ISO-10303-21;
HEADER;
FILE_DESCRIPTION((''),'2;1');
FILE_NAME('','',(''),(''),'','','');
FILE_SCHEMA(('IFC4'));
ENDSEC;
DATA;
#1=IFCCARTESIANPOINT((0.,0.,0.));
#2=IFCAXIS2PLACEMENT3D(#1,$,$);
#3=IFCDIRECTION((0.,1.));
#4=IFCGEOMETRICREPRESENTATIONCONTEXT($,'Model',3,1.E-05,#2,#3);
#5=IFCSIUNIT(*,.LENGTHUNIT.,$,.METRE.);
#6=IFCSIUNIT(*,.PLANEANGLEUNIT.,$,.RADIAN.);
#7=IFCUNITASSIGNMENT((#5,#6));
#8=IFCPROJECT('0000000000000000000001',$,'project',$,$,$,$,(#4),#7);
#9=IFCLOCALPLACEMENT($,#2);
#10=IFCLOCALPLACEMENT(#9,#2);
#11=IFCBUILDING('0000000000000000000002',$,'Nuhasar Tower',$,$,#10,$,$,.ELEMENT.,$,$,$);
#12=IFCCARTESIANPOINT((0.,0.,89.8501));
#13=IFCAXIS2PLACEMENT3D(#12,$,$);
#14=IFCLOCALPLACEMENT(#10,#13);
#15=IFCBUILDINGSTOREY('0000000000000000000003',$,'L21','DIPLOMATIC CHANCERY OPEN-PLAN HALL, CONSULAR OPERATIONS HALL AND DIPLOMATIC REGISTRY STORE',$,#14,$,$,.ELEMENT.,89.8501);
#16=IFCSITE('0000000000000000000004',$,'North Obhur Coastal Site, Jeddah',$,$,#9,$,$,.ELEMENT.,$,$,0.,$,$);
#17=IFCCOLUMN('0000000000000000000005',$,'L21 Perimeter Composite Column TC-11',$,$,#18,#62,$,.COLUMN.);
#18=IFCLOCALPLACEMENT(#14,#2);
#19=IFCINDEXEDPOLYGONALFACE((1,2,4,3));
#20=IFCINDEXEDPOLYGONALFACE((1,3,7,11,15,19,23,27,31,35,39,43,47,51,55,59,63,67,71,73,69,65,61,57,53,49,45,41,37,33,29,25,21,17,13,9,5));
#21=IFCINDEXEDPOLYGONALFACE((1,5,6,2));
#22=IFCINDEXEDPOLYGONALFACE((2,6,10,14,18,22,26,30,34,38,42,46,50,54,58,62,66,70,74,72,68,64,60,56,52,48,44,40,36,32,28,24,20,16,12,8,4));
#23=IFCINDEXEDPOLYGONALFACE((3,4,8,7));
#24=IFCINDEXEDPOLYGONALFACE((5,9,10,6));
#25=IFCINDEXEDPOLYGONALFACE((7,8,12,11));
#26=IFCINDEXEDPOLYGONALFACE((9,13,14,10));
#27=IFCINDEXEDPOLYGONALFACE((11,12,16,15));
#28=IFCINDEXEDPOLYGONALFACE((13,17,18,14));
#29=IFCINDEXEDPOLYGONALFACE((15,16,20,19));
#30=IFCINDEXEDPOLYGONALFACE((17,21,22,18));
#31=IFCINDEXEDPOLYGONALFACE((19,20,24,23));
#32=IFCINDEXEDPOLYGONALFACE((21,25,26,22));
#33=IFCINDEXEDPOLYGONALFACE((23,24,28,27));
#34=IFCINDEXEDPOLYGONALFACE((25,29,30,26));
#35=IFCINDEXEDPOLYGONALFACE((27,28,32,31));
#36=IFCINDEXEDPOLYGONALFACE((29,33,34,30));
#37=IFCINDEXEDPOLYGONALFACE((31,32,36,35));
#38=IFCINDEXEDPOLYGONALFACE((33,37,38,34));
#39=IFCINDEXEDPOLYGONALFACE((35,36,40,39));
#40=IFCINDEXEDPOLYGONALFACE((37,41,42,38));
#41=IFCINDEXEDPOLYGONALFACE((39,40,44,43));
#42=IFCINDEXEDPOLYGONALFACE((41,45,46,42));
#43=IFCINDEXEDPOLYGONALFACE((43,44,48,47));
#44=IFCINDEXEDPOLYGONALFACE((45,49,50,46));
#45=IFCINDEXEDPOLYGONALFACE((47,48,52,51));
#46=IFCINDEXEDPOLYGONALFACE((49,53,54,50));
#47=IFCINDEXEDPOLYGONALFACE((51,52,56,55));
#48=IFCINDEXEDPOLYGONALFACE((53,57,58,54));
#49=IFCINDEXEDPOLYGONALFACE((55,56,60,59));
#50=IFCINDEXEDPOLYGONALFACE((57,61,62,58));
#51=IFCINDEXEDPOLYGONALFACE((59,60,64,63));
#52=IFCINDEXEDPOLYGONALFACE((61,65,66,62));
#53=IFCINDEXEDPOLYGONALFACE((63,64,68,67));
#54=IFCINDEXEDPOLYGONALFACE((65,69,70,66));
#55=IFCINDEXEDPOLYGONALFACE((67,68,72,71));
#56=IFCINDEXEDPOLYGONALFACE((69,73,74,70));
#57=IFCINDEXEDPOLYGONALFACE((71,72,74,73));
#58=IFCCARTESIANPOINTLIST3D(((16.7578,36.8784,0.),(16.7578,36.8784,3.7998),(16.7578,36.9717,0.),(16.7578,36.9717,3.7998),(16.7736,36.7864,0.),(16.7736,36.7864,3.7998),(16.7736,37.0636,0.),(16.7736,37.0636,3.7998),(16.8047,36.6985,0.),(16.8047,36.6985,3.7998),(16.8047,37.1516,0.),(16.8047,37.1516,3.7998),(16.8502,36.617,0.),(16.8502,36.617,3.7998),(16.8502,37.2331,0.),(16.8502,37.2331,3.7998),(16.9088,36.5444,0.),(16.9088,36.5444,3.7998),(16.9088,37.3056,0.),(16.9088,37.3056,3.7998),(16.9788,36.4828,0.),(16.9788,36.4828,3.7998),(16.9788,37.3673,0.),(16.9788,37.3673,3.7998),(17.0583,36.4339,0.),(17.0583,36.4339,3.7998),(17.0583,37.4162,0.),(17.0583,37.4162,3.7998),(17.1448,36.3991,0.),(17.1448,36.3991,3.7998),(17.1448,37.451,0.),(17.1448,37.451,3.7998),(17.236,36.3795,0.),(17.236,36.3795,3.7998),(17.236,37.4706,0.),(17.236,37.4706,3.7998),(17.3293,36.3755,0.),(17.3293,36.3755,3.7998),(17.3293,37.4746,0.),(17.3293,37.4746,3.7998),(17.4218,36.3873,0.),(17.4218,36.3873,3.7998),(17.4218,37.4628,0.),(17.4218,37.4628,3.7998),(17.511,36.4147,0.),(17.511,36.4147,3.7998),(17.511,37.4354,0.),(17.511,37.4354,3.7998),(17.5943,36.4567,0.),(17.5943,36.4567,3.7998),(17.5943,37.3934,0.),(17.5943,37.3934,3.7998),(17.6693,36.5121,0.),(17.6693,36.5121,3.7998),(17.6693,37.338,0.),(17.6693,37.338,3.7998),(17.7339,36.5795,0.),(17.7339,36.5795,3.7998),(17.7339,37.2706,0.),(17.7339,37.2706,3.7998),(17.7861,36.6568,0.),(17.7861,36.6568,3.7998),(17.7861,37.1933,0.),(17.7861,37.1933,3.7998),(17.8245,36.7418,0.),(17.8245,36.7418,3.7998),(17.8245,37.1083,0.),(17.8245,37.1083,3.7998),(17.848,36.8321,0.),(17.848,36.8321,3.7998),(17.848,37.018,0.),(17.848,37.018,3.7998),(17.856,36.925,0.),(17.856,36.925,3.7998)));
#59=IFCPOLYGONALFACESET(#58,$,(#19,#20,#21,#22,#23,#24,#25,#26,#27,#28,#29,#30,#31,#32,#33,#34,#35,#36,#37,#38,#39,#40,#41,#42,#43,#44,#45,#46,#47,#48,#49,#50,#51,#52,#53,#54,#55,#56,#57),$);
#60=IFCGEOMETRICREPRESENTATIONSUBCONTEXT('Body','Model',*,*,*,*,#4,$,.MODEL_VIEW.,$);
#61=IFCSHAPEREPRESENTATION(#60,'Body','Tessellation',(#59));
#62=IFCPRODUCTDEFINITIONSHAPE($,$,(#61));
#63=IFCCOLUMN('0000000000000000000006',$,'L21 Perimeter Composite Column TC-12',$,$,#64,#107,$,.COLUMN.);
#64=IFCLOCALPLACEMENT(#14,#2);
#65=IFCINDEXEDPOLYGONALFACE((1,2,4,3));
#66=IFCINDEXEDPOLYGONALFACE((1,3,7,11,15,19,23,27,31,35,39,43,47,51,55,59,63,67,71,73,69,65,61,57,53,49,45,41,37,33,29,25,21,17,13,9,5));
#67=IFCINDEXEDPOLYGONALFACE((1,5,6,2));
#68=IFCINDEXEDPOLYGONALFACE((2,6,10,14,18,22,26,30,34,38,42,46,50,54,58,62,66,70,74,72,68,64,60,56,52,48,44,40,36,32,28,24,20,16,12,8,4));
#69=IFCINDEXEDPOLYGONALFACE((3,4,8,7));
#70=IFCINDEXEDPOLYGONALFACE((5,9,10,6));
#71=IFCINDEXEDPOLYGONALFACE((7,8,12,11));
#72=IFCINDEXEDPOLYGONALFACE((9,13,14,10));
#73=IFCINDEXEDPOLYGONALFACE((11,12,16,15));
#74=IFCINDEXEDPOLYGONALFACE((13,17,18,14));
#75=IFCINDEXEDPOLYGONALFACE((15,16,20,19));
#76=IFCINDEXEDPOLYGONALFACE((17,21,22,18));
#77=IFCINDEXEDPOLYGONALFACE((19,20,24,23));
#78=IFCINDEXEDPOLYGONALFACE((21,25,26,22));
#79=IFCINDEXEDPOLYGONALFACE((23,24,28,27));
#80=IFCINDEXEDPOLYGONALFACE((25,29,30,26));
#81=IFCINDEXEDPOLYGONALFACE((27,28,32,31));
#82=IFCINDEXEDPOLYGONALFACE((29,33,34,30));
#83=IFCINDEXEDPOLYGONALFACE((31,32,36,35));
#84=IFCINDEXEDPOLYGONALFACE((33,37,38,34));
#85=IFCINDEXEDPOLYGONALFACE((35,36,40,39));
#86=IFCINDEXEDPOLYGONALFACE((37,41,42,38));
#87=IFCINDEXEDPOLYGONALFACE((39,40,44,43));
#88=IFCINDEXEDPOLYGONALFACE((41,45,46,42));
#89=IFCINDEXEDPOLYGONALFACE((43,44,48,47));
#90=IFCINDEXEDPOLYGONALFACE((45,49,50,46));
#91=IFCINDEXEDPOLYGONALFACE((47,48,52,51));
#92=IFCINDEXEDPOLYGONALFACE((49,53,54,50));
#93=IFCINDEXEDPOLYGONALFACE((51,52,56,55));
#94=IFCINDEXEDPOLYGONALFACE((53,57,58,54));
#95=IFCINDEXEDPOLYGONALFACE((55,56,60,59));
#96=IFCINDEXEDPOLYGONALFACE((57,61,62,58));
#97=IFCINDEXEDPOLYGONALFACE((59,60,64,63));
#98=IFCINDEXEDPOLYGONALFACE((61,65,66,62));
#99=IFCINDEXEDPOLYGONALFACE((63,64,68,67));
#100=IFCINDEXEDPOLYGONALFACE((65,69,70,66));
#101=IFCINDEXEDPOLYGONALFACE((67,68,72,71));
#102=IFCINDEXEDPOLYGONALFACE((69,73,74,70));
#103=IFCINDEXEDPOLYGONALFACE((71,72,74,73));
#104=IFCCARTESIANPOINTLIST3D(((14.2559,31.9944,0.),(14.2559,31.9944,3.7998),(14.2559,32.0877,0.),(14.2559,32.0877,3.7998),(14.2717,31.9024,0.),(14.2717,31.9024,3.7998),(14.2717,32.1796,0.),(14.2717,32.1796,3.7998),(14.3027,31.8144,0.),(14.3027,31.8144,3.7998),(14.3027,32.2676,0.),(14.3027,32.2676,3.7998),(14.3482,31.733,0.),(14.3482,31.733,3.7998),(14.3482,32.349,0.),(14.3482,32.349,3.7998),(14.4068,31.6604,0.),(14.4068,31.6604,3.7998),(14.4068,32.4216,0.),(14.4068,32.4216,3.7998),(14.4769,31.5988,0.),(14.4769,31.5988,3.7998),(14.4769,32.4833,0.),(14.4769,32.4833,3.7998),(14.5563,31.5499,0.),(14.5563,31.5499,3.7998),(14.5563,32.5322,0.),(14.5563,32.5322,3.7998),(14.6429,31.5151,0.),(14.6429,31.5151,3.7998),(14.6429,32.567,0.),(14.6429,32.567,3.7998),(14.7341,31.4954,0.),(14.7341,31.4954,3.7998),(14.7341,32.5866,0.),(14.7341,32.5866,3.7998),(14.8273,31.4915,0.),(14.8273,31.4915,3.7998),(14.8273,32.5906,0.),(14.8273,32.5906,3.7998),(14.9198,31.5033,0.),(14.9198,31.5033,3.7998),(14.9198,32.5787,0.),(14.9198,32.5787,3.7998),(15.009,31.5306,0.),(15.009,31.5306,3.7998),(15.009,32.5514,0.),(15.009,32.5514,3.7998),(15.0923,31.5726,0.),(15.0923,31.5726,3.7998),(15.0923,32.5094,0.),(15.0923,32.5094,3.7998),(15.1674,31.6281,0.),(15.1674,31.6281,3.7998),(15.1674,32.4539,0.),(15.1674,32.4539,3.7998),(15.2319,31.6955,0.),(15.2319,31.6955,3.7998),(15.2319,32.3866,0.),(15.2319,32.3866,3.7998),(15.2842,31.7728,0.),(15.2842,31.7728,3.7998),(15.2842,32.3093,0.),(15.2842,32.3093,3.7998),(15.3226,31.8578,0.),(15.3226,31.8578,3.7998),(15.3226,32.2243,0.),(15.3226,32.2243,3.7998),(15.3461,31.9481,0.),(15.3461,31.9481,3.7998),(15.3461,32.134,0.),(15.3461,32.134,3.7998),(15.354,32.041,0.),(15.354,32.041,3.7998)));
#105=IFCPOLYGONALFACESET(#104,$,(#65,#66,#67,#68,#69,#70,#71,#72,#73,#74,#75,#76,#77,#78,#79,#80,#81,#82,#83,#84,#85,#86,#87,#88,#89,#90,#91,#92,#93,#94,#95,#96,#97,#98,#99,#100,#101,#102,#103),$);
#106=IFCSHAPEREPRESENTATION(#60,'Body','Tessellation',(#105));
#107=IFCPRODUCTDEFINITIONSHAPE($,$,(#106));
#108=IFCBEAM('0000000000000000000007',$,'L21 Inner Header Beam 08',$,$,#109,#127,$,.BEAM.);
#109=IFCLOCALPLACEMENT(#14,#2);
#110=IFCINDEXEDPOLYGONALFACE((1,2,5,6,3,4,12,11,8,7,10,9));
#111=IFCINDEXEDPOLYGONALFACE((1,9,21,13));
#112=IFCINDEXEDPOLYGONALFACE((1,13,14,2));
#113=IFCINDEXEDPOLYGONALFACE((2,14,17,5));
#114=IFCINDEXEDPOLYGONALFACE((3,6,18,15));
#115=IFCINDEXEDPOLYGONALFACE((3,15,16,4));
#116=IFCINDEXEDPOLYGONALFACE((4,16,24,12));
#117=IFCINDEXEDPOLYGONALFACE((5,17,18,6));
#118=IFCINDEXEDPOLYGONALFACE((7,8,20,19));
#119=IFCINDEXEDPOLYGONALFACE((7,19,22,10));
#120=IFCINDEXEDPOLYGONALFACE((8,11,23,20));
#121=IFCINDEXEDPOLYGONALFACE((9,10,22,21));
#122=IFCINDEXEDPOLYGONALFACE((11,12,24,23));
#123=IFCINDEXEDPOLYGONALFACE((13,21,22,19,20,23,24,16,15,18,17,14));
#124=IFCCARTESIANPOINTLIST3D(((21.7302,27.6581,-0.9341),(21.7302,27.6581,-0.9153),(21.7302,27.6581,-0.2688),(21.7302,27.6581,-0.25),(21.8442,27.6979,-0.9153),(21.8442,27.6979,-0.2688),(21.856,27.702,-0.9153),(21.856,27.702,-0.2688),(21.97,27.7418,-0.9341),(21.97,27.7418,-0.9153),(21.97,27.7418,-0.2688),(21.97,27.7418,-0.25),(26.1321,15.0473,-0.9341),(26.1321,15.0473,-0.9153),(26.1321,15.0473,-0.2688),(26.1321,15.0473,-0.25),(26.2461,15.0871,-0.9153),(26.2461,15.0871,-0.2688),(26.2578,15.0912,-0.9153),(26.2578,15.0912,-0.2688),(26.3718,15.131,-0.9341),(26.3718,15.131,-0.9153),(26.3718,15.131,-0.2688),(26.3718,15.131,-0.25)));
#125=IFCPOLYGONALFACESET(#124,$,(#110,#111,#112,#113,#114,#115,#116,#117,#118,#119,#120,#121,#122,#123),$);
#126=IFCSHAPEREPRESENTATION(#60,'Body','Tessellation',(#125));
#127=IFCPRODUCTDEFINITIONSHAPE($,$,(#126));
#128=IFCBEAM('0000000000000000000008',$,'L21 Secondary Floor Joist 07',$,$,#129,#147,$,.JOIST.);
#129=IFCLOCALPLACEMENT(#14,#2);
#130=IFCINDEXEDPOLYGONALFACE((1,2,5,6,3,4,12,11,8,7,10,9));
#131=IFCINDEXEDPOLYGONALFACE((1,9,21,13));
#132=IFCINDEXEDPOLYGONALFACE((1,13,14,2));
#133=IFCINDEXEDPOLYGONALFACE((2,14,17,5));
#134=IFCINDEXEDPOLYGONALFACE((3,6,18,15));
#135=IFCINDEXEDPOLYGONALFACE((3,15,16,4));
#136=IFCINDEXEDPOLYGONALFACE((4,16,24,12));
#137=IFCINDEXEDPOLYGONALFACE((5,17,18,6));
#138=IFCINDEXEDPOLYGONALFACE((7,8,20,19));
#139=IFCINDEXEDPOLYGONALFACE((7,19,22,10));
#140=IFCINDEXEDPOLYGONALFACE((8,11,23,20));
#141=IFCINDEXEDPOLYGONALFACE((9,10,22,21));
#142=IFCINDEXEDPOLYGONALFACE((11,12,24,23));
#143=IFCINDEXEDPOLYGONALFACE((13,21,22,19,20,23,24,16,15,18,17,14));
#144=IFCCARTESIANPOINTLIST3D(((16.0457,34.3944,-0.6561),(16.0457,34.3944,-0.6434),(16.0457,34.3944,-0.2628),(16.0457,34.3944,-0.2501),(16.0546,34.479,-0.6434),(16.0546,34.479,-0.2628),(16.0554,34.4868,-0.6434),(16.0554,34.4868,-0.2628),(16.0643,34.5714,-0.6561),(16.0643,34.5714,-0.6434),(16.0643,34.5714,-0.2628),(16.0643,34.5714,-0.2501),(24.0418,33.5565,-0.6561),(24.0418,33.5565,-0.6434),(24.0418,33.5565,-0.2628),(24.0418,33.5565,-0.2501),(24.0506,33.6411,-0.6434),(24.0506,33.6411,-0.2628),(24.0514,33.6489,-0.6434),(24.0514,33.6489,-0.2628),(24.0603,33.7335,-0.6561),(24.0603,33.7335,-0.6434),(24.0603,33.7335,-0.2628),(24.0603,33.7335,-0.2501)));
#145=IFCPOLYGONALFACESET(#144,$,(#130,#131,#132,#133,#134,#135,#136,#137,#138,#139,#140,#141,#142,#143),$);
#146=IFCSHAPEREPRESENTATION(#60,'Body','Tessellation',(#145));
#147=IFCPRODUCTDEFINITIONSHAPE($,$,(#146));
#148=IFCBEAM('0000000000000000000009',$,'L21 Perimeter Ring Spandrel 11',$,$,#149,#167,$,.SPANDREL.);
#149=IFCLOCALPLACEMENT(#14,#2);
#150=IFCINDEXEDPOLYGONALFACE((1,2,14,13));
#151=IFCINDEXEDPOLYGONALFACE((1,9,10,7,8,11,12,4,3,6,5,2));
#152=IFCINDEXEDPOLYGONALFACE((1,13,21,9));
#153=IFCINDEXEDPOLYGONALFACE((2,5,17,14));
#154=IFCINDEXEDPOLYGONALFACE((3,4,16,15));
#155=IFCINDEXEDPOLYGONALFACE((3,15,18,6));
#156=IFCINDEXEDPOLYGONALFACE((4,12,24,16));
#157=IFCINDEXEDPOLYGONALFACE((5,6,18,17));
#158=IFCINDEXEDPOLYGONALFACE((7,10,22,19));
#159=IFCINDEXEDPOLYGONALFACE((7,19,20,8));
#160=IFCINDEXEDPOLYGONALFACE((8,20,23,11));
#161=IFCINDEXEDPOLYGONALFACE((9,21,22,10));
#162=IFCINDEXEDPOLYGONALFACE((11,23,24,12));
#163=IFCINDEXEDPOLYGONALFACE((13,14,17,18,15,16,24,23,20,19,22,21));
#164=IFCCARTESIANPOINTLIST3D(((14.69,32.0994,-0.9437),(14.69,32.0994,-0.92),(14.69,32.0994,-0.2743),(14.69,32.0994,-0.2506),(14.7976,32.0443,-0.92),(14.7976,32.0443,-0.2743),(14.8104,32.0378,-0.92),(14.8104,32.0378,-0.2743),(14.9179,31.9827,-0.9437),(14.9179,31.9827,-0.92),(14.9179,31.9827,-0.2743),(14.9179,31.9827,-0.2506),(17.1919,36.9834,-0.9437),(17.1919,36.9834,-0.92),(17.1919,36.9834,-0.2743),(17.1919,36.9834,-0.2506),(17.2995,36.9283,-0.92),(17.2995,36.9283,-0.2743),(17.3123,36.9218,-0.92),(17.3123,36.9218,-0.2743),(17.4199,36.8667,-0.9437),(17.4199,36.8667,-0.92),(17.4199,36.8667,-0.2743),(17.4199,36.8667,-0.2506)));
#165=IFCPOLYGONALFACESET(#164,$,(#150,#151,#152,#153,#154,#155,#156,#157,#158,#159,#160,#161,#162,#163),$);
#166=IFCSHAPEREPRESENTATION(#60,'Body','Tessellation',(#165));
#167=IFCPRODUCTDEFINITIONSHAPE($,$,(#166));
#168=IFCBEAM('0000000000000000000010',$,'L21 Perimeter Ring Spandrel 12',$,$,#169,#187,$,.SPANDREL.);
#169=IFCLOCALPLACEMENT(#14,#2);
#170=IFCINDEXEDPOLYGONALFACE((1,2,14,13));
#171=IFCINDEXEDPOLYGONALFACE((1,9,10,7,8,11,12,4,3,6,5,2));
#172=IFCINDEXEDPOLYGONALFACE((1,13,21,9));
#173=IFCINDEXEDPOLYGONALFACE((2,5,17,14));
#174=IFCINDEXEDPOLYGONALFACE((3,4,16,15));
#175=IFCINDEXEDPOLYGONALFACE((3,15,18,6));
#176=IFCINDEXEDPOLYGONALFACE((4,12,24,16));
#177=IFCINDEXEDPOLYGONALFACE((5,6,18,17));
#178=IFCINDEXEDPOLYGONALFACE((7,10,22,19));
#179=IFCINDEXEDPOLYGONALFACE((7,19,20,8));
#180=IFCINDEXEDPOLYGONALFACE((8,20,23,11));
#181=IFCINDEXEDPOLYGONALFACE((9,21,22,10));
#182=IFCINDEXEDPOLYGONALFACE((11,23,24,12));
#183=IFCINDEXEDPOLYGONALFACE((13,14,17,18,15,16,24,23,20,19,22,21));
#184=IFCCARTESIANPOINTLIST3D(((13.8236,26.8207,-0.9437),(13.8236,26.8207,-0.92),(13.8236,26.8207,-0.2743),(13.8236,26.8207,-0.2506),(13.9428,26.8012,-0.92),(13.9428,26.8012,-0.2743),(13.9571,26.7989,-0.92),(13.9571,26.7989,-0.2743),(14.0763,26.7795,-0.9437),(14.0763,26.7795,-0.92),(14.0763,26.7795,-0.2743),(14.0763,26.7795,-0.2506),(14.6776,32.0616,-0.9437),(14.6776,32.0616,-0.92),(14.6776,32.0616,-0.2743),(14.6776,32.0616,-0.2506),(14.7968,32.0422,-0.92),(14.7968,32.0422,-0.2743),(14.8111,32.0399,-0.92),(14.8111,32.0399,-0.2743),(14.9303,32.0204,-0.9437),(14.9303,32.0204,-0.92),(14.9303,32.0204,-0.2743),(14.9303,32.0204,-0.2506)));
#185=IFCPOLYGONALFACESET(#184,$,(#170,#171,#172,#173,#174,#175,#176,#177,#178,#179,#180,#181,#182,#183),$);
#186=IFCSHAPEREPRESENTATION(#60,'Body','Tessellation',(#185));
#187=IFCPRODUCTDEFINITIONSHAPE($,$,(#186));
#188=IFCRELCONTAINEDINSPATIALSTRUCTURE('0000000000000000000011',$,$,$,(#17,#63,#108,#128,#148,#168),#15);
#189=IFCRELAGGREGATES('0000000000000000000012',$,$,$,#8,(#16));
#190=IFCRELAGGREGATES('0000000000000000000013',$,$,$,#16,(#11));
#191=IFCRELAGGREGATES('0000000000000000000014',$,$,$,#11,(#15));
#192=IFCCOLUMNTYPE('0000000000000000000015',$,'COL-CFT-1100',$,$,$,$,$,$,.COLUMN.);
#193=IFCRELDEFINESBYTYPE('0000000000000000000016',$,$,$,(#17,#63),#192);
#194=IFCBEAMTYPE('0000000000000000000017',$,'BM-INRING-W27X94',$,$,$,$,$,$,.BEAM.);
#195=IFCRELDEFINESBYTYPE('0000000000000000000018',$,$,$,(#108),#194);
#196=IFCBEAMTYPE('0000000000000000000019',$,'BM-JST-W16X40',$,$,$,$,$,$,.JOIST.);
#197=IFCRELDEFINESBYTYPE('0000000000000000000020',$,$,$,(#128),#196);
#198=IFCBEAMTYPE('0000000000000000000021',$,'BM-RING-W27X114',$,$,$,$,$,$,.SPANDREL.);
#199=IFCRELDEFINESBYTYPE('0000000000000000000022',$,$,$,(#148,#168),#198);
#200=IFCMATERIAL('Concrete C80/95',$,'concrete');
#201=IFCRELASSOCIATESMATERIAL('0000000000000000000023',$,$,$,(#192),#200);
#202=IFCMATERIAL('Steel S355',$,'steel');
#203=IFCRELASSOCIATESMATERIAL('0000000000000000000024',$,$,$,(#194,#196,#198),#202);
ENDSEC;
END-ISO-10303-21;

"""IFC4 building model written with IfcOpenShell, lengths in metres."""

from ifc_helpers import new_model, si_unit, direction, frame, origin, origin_2d, place, context, subcontext, project, spatial, circle, i_section, extrude, material, material_profile, profile_set, type_object, element, save


model = new_model("IFC4")

# Units and contexts
model_context = context("Model", 3, precision=1e-05, world=origin(), true_north=direction((0.0, 1.0)))
body_context = subcontext(model_context, "Body", "Model", "MODEL_VIEW")
ifc_project = project(units=[si_unit("LENGTHUNIT", "METRE"), si_unit("PLANEANGLEUNIT", "RADIAN")], contexts=[model_context])

# Site, building, storey
site_placement = place(None, origin())
site = spatial("IfcSite", under=ifc_project, at=site_placement, Name="North Obhur Coastal Site, Jeddah", CompositionType="ELEMENT", RefElevation=0.0)
building_placement = place(site_placement, origin())
building = spatial("IfcBuilding", under=site, at=building_placement, Name="Nuhasar Tower", CompositionType="ELEMENT")
storey_placement = place(building_placement, frame((0.0, 0.0, 89.8501)))
storey = spatial("IfcBuildingStorey", under=building, at=storey_placement, Name="L21", Description="DIPLOMATIC CHANCERY OPEN-PLAN HALL, CONSULAR OPERATIONS HALL AND DIPLOMATIC REGISTRY STORE", CompositionType="ELEMENT", Elevation=89.8501)

# Columns
ifc_material_1 = material(Name="Concrete C80/95", Category="concrete")
ifc_material_profile_1 = material_profile(ifc_material_1, circle(Radius=0.55, at=origin_2d()), Name="CFT1100")
ifc_profile_set_1 = profile_set([ifc_material_profile_1], Name="Concrete C80/95")
column_type = type_object("IfcColumnType", Name="COL-CFT-1100", PredefinedType="COLUMN", material=ifc_profile_set_1)
for number, where, z_axis, x_axis, name in (
    (1, (17.3059, 36.925, 0.0), (0.0, 0.0, 1.0), (1.0, 0.0, 0.0), "L21 Perimeter Composite Column TC-11"),
    (2, (14.804, 32.041, 0.0), (0.0, 0.0, 1.0), (1.0, 0.0, 0.0), "L21 Perimeter Composite Column TC-12"),
):
    element("IfcColumn", number, at=place(storey_placement, frame(where, z_axis=z_axis, x_axis=x_axis)), inside=storey, type_object=column_type, Name=name, PredefinedType="COLUMN", context=body_context, shape_type="SweptSolid", body=[
        extrude(circle(Radius=0.55, at=origin_2d()), origin(), (0.0, 0.0, 1.0), 3.7998),
    ])

# Beams
ifc_material_2 = material(Name="Steel S355", Category="steel")
ifc_material_profile_2 = material_profile(ifc_material_2, i_section(OverallWidth=0.2539, OverallDepth=0.6841, WebThickness=0.0125, FlangeThickness=0.0188, at=origin_2d()), Name="W27X94")
ifc_profile_set_2 = profile_set([ifc_material_profile_2], Name="Steel S355")
beam_type_1 = type_object("IfcBeamType", Name="BM-INRING-W27X94", PredefinedType="BEAM", material=ifc_profile_set_2)
beam_1_placement = place(storey_placement, frame((21.8501, 27.7, -0.592), z_axis=(0.329554, -0.944137, 0.0), x_axis=(0.944137, 0.329554, 0.0)))
element("IfcBeam", 3, at=beam_1_placement, inside=storey, type_object=beam_type_1, Name="L21 Inner Header Beam 08", PredefinedType="BEAM", context=body_context, shape_type="SweptSolid", body=[
    extrude(i_section(OverallWidth=0.2539, OverallDepth=0.6841, WebThickness=0.0125, FlangeThickness=0.0188, at=origin_2d()), origin(), (0.0, 0.0, 1.0), 13.3569),
])
ifc_material_profile_3 = material_profile(ifc_material_2, i_section(OverallWidth=0.178, OverallDepth=0.406, WebThickness=0.0078, FlangeThickness=0.0127, at=origin_2d()), Name="W16X40")
ifc_profile_set_3 = profile_set([ifc_material_profile_3], Name="Steel S355")
beam_type_2 = type_object("IfcBeamType", Name="BM-JST-W16X40", PredefinedType="JOIST", material=ifc_profile_set_3)
beam_2_placement = place(storey_placement, frame((24.051, 33.645, -0.4531), z_axis=(-0.994555, 0.104217, 0.0), x_axis=(-0.104217, -0.994555, 0.0)))
element("IfcBeam", 4, at=beam_2_placement, inside=storey, type_object=beam_type_2, Name="L21 Secondary Floor Joist 07", PredefinedType="JOIST", context=body_context, shape_type="SweptSolid", body=[
    extrude(i_section(OverallWidth=0.178, OverallDepth=0.406, WebThickness=0.0078, FlangeThickness=0.0127, at=origin_2d()), origin(), (0.0, 0.0, 1.0), 8.0398),
])
ifc_material_profile_4 = material_profile(ifc_material_2, i_section(OverallWidth=0.2561, OverallDepth=0.6931, WebThickness=0.0144, FlangeThickness=0.0237, at=origin_2d()), Name="W27X114")
ifc_profile_set_4 = profile_set([ifc_material_profile_4], Name="Steel S355")
beam_type_3 = type_object("IfcBeamType", Name="BM-RING-W27X114", PredefinedType="SPANDREL", material=ifc_profile_set_4)
beam_3_placement = place(storey_placement, frame((17.3059, 36.925, -0.5972), z_axis=(-0.45593, -0.890016, 0.0), x_axis=(0.890016, -0.45593, 0.0)))
element("IfcBeam", 5, at=beam_3_placement, inside=storey, type_object=beam_type_3, Name="L21 Perimeter Ring Spandrel 11", PredefinedType="SPANDREL", context=body_context, shape_type="SweptSolid", body=[
    extrude(i_section(OverallWidth=0.2561, OverallDepth=0.6931, WebThickness=0.0144, FlangeThickness=0.0237, at=origin_2d()), origin(), (0.0, 0.0, 1.0), 5.4875),
])
beam_4_placement = place(storey_placement, frame((14.804, 32.041, -0.5972), z_axis=(-0.160827, -0.986983, 0.0), x_axis=(0.986983, -0.160827, 0.0)))
element("IfcBeam", 6, at=beam_4_placement, inside=storey, type_object=beam_type_3, Name="L21 Perimeter Ring Spandrel 12", PredefinedType="SPANDREL", context=body_context, shape_type="SweptSolid", body=[
    extrude(i_section(OverallWidth=0.2561, OverallDepth=0.6931, WebThickness=0.0144, FlangeThickness=0.0237, at=origin_2d()), origin(), (0.0, 0.0, 1.0), 5.3101),
])

save(model, "model.ifc")
